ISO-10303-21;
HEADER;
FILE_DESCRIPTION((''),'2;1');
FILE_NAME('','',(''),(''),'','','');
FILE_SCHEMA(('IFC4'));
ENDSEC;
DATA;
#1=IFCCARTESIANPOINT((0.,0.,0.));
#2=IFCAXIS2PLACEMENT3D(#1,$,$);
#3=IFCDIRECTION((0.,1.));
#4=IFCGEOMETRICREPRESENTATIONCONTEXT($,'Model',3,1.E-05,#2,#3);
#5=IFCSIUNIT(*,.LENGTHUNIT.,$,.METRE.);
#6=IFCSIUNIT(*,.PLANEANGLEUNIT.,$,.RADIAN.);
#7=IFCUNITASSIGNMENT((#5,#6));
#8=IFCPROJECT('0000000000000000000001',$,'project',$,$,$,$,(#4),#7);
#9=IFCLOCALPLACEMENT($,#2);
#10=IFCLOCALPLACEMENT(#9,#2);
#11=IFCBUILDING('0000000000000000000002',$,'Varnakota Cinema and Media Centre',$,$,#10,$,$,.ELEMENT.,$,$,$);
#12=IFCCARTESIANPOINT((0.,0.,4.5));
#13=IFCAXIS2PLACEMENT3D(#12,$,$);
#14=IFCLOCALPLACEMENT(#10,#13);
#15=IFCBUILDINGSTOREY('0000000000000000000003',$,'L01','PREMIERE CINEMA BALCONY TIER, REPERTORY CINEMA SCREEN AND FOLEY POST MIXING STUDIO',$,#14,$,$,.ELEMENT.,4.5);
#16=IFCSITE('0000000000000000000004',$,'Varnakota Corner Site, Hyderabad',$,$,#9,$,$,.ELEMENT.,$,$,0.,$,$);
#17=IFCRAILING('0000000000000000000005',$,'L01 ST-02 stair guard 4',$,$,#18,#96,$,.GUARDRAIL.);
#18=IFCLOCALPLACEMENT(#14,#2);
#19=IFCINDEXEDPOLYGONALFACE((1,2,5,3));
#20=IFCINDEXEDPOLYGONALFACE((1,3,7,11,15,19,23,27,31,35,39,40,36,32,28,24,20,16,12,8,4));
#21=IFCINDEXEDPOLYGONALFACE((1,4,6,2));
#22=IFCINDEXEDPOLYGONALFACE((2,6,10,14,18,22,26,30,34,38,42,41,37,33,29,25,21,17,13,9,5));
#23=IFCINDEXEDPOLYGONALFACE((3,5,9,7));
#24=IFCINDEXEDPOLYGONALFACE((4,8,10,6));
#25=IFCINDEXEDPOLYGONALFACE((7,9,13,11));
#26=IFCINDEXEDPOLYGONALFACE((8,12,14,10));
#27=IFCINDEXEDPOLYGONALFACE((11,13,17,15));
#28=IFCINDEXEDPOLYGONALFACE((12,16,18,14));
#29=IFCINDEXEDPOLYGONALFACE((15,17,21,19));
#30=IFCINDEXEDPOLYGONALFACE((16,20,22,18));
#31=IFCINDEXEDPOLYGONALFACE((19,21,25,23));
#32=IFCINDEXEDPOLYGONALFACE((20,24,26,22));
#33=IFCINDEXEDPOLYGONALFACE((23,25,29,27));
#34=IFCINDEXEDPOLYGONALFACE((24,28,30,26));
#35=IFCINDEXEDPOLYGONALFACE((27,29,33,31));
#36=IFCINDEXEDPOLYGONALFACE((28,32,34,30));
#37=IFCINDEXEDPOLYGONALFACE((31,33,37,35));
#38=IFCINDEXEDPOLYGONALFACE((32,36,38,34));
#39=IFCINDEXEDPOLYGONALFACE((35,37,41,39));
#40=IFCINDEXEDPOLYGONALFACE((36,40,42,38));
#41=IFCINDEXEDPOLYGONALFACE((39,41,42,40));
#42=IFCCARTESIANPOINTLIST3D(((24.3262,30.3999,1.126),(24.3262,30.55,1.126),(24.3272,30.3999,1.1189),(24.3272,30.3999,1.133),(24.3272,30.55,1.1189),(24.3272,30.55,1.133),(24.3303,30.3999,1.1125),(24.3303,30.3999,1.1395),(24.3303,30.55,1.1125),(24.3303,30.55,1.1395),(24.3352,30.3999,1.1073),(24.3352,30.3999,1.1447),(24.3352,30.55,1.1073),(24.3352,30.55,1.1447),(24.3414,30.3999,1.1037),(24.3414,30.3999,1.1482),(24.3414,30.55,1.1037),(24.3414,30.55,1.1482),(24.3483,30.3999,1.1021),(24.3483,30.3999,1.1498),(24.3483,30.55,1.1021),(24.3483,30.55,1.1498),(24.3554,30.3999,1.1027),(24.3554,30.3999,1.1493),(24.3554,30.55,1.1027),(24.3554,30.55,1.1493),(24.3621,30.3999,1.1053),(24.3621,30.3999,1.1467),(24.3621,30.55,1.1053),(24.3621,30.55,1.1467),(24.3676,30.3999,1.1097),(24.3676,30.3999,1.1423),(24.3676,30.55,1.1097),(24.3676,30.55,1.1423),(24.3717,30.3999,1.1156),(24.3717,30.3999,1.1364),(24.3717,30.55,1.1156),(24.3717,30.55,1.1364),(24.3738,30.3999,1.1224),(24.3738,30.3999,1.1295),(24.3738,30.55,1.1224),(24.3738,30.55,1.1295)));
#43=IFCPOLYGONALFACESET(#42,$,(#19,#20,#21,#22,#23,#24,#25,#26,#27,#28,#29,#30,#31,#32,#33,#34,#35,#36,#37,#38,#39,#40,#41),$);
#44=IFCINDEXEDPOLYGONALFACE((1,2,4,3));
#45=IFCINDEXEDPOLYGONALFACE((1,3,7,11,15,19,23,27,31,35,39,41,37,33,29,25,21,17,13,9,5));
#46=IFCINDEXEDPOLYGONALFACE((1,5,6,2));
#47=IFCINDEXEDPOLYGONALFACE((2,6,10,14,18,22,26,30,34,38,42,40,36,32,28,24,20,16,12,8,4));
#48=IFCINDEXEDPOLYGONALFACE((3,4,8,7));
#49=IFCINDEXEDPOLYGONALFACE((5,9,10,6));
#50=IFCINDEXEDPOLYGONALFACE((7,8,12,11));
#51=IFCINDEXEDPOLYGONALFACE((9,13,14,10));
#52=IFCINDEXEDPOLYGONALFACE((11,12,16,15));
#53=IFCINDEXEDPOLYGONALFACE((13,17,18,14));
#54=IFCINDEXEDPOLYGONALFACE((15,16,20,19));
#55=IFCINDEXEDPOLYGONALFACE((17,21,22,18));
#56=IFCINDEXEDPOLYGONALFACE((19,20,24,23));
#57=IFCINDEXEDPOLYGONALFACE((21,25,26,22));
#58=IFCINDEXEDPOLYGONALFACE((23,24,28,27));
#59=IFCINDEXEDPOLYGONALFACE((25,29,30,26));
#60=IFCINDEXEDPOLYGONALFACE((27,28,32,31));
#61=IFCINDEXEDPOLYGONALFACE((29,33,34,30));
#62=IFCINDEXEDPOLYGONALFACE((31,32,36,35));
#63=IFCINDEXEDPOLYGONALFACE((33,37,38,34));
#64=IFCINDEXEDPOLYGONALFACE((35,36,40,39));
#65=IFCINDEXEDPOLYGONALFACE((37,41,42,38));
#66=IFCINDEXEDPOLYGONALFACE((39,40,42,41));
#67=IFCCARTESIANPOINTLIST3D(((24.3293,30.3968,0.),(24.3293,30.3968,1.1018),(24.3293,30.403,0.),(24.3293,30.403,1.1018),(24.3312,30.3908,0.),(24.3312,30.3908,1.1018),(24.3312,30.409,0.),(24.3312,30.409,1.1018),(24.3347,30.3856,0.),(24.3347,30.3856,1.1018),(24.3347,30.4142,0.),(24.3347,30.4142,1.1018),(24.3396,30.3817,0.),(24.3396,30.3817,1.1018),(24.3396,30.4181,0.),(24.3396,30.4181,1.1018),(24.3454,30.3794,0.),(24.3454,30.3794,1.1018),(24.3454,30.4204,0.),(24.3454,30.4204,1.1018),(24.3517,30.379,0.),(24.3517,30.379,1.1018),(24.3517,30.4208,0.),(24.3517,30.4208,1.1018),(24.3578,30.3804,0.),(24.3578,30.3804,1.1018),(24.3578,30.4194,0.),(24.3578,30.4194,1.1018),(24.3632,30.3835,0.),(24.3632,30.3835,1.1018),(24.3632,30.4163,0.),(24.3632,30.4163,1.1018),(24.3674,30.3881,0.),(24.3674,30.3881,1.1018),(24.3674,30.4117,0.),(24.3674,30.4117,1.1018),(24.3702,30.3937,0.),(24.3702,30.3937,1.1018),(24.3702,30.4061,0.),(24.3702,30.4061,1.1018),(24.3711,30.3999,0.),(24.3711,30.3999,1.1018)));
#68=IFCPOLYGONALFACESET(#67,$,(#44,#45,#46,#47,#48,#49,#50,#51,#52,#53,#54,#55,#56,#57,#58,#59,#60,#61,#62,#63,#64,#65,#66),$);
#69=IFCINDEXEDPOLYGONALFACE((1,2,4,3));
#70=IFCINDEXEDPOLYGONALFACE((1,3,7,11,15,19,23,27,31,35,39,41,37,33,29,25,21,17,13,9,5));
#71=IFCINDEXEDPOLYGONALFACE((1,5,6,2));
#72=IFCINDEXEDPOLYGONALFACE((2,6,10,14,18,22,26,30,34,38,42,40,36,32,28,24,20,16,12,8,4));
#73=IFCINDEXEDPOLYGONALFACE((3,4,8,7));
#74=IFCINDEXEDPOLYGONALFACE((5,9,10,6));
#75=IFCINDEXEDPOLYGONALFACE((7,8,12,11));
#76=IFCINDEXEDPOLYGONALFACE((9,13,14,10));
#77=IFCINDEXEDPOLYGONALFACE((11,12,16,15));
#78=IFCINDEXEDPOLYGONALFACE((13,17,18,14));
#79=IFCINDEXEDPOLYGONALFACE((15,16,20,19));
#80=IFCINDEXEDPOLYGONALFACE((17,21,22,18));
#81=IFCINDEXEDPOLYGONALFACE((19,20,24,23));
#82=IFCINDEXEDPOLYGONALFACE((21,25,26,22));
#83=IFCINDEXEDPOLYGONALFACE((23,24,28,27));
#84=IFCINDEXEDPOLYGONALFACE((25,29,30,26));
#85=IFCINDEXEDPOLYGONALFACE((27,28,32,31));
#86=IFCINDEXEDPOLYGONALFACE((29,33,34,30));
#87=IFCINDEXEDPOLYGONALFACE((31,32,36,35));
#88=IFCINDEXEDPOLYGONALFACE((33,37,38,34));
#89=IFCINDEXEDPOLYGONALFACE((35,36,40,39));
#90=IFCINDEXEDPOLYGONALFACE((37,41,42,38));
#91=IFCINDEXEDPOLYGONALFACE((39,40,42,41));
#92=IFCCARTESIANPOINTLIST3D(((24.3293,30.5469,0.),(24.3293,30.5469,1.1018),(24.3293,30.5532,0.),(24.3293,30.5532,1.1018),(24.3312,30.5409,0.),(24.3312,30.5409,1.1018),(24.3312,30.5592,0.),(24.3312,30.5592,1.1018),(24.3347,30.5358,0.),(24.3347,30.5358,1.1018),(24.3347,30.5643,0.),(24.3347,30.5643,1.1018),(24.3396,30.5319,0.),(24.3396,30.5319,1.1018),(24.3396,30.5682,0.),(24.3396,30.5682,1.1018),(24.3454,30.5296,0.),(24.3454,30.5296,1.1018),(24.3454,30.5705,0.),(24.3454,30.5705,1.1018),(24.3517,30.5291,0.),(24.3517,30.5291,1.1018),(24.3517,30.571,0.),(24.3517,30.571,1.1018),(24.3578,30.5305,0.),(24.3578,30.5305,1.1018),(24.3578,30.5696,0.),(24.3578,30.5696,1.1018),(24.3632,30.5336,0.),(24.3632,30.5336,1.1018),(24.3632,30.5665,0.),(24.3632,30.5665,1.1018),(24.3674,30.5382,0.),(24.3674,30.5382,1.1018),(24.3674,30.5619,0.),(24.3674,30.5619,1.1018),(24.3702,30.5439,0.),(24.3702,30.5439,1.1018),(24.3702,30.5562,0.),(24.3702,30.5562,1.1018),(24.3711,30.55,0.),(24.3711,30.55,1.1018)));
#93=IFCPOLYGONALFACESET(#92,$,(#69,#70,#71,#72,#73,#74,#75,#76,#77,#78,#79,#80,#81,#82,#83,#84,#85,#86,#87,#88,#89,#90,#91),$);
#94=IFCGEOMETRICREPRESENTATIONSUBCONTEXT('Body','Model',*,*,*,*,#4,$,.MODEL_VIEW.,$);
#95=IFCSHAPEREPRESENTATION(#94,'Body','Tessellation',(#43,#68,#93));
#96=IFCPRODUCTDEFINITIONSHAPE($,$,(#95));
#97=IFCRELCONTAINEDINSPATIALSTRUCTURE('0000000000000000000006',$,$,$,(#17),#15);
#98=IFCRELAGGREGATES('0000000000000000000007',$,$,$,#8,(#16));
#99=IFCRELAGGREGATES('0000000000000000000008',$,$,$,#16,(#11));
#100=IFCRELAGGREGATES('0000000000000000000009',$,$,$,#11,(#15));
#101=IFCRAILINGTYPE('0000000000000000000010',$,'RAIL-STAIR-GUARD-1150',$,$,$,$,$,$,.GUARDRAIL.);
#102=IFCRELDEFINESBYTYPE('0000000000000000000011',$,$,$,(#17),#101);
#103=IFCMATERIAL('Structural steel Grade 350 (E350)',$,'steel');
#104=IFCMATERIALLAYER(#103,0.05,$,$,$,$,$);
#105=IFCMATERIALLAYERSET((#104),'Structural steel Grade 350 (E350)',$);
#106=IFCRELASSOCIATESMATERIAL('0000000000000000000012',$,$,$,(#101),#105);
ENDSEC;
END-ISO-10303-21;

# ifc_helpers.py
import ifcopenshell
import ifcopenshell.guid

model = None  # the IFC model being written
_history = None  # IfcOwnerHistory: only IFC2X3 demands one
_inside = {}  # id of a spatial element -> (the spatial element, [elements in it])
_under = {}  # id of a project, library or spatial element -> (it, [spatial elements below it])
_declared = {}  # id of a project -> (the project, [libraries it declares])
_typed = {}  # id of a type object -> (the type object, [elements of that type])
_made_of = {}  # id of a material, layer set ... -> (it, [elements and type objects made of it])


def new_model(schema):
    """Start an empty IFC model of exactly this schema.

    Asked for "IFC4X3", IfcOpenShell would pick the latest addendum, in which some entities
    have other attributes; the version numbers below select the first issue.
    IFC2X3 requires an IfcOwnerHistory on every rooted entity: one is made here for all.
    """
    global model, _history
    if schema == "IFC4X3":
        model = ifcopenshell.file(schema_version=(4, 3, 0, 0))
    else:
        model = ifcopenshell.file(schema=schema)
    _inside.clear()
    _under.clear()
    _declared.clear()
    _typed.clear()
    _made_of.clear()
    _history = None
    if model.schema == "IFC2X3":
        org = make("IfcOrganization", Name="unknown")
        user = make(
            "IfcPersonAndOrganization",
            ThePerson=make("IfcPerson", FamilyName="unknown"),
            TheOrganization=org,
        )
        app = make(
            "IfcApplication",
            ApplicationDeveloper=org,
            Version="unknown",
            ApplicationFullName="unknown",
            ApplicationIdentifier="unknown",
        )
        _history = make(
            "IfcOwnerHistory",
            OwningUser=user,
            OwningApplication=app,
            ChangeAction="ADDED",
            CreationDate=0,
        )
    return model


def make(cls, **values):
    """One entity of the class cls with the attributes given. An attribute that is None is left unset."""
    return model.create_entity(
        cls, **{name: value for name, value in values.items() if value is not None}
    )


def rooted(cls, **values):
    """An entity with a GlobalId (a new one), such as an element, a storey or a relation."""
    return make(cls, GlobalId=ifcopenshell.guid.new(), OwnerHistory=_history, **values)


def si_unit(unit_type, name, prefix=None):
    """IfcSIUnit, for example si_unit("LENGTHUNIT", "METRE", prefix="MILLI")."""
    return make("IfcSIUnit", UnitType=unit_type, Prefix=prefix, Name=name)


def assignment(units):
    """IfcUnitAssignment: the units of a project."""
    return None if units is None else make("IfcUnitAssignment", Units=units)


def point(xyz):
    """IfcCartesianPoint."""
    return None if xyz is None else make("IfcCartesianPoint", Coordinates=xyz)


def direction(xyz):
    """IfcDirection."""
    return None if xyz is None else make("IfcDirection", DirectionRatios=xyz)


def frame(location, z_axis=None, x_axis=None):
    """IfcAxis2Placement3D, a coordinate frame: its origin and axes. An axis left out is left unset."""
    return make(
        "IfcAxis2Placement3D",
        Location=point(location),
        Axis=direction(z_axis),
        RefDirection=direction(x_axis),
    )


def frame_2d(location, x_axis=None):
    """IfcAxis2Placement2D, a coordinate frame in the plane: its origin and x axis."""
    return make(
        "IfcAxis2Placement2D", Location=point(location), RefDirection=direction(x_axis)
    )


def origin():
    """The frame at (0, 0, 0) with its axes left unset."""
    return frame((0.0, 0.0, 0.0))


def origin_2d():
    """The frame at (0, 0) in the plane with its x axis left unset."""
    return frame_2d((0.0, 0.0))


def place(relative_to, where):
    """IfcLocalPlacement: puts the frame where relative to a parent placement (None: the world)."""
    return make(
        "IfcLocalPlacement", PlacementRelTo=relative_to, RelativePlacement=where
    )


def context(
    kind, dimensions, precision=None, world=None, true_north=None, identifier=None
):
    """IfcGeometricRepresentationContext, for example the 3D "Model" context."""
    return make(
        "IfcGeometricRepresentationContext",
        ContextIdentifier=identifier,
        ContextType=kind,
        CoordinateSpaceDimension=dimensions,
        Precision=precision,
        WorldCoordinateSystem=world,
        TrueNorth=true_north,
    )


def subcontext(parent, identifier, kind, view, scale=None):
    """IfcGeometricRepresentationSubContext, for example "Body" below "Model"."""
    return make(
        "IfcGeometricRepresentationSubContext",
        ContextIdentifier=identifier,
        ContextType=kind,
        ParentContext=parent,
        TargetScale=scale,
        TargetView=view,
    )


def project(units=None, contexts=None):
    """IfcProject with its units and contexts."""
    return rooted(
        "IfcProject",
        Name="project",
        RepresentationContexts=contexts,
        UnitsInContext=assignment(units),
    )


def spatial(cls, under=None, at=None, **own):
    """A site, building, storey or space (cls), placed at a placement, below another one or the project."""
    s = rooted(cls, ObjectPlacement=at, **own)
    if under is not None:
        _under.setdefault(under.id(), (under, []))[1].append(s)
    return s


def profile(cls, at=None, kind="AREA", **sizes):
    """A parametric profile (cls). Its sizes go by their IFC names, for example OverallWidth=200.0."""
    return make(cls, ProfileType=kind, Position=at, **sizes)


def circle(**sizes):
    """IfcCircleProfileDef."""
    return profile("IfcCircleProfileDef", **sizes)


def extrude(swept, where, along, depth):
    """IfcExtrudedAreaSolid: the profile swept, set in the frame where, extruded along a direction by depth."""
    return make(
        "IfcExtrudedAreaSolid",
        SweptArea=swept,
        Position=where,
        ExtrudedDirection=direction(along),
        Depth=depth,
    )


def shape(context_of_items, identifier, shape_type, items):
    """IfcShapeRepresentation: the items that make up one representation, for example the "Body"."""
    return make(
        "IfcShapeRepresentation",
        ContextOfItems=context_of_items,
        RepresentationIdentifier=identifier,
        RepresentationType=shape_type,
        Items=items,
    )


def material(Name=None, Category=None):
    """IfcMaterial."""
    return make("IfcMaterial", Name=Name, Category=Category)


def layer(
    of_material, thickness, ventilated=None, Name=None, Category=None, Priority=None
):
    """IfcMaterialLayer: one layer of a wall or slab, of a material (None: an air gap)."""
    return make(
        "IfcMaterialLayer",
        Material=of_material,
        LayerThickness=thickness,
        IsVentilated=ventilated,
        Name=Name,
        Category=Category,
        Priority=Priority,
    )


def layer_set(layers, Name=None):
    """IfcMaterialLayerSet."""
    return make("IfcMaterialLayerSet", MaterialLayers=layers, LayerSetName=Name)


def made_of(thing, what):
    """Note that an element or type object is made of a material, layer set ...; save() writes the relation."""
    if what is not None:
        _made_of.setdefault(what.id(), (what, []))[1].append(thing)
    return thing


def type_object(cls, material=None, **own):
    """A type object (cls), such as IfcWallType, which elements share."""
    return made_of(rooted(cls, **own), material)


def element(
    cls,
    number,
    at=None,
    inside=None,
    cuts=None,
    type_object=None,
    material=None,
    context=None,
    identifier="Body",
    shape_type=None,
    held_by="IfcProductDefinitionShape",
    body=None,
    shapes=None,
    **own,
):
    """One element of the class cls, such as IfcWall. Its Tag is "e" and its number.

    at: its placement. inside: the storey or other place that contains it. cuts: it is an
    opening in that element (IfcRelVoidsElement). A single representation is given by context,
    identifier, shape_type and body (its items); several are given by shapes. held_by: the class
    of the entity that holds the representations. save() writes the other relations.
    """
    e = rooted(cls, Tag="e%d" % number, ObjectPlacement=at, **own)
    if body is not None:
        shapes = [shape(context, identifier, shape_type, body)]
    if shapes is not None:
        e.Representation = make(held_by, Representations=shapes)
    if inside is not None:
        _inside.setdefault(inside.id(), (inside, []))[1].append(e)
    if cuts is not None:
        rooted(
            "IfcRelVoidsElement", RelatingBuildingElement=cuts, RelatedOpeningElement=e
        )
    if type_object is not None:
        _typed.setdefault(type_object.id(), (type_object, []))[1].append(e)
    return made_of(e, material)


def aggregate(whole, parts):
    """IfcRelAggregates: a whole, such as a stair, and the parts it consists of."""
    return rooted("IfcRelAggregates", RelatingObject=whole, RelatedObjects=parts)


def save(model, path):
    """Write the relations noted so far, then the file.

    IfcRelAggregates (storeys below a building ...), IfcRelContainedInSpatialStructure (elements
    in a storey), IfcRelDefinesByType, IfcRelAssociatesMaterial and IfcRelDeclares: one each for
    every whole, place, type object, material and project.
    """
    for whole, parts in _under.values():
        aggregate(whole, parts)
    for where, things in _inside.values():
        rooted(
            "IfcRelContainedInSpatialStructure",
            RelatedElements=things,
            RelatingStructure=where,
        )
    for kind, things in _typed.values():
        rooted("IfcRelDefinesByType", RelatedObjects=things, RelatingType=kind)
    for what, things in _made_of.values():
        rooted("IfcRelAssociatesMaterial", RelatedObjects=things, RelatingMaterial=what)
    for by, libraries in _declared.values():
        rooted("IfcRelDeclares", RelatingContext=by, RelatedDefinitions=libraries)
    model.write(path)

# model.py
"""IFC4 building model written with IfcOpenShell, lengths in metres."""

from ifc_helpers import new_model, si_unit, direction, frame, origin, origin_2d, place, context, subcontext, project, spatial, circle, extrude, material, layer, layer_set, type_object, element, save


model = new_model("IFC4")

# Units and contexts
model_context = context("Model", 3, precision=1e-05, world=origin(), true_north=direction((0.0, 1.0)))
body_context = subcontext(model_context, "Body", "Model", "MODEL_VIEW")
ifc_project = project(units=[si_unit("LENGTHUNIT", "METRE"), si_unit("PLANEANGLEUNIT", "RADIAN")], contexts=[model_context])

# Site, building, storey
site_placement = place(None, origin())
site = spatial("IfcSite", under=ifc_project, at=site_placement, Name="Varnakota Corner Site, Hyderabad", CompositionType="ELEMENT", RefElevation=0.0)
building_placement = place(site_placement, origin())
building = spatial("IfcBuilding", under=site, at=building_placement, Name="Varnakota Cinema and Media Centre", CompositionType="ELEMENT")
storey_placement = place(building_placement, frame((0.0, 0.0, 4.5)))
storey = spatial("IfcBuildingStorey", under=building, at=storey_placement, Name="L01", Description="PREMIERE CINEMA BALCONY TIER, REPERTORY CINEMA SCREEN AND FOLEY POST MIXING STUDIO", CompositionType="ELEMENT", Elevation=4.5)

# Railing
ifc_material_1 = material(Name="Structural steel Grade 350 (E350)", Category="steel")
ifc_layer_1 = layer(ifc_material_1, 0.05)
ifc_layer_set_1 = layer_set([ifc_layer_1], Name="Structural steel Grade 350 (E350)")
railing_type_1 = type_object("IfcRailingType", Name="RAIL-STAIR-GUARD-1150", PredefinedType="GUARDRAIL", material=ifc_layer_set_1)
railing_1_placement = place(storey_placement, frame((24.3501, 30.3999, 0.0)))
element("IfcRailing", 1, at=railing_1_placement, inside=storey, type_object=railing_type_1, Name="L01 ST-02 stair guard 4", PredefinedType="GUARDRAIL", context=body_context, shape_type="SweptSolid", body=[
    extrude(circle(Radius=0.0239, at=origin_2d()), frame((0.0, 0.0, 1.126), z_axis=(0.0, 1.0, 0.0), x_axis=(-1.0, 0.0, 0.0)), (0.0, 0.0, 1.0), 0.1501),
    extrude(circle(Radius=0.021, at=origin_2d()), origin(), (0.0, 0.0, 1.0), 1.1018),
    extrude(circle(Radius=0.021, at=origin_2d()), frame((0.0, 0.1501, 0.0)), (0.0, 0.0, 1.0), 1.1018),
])

save(model, "model.ifc")
